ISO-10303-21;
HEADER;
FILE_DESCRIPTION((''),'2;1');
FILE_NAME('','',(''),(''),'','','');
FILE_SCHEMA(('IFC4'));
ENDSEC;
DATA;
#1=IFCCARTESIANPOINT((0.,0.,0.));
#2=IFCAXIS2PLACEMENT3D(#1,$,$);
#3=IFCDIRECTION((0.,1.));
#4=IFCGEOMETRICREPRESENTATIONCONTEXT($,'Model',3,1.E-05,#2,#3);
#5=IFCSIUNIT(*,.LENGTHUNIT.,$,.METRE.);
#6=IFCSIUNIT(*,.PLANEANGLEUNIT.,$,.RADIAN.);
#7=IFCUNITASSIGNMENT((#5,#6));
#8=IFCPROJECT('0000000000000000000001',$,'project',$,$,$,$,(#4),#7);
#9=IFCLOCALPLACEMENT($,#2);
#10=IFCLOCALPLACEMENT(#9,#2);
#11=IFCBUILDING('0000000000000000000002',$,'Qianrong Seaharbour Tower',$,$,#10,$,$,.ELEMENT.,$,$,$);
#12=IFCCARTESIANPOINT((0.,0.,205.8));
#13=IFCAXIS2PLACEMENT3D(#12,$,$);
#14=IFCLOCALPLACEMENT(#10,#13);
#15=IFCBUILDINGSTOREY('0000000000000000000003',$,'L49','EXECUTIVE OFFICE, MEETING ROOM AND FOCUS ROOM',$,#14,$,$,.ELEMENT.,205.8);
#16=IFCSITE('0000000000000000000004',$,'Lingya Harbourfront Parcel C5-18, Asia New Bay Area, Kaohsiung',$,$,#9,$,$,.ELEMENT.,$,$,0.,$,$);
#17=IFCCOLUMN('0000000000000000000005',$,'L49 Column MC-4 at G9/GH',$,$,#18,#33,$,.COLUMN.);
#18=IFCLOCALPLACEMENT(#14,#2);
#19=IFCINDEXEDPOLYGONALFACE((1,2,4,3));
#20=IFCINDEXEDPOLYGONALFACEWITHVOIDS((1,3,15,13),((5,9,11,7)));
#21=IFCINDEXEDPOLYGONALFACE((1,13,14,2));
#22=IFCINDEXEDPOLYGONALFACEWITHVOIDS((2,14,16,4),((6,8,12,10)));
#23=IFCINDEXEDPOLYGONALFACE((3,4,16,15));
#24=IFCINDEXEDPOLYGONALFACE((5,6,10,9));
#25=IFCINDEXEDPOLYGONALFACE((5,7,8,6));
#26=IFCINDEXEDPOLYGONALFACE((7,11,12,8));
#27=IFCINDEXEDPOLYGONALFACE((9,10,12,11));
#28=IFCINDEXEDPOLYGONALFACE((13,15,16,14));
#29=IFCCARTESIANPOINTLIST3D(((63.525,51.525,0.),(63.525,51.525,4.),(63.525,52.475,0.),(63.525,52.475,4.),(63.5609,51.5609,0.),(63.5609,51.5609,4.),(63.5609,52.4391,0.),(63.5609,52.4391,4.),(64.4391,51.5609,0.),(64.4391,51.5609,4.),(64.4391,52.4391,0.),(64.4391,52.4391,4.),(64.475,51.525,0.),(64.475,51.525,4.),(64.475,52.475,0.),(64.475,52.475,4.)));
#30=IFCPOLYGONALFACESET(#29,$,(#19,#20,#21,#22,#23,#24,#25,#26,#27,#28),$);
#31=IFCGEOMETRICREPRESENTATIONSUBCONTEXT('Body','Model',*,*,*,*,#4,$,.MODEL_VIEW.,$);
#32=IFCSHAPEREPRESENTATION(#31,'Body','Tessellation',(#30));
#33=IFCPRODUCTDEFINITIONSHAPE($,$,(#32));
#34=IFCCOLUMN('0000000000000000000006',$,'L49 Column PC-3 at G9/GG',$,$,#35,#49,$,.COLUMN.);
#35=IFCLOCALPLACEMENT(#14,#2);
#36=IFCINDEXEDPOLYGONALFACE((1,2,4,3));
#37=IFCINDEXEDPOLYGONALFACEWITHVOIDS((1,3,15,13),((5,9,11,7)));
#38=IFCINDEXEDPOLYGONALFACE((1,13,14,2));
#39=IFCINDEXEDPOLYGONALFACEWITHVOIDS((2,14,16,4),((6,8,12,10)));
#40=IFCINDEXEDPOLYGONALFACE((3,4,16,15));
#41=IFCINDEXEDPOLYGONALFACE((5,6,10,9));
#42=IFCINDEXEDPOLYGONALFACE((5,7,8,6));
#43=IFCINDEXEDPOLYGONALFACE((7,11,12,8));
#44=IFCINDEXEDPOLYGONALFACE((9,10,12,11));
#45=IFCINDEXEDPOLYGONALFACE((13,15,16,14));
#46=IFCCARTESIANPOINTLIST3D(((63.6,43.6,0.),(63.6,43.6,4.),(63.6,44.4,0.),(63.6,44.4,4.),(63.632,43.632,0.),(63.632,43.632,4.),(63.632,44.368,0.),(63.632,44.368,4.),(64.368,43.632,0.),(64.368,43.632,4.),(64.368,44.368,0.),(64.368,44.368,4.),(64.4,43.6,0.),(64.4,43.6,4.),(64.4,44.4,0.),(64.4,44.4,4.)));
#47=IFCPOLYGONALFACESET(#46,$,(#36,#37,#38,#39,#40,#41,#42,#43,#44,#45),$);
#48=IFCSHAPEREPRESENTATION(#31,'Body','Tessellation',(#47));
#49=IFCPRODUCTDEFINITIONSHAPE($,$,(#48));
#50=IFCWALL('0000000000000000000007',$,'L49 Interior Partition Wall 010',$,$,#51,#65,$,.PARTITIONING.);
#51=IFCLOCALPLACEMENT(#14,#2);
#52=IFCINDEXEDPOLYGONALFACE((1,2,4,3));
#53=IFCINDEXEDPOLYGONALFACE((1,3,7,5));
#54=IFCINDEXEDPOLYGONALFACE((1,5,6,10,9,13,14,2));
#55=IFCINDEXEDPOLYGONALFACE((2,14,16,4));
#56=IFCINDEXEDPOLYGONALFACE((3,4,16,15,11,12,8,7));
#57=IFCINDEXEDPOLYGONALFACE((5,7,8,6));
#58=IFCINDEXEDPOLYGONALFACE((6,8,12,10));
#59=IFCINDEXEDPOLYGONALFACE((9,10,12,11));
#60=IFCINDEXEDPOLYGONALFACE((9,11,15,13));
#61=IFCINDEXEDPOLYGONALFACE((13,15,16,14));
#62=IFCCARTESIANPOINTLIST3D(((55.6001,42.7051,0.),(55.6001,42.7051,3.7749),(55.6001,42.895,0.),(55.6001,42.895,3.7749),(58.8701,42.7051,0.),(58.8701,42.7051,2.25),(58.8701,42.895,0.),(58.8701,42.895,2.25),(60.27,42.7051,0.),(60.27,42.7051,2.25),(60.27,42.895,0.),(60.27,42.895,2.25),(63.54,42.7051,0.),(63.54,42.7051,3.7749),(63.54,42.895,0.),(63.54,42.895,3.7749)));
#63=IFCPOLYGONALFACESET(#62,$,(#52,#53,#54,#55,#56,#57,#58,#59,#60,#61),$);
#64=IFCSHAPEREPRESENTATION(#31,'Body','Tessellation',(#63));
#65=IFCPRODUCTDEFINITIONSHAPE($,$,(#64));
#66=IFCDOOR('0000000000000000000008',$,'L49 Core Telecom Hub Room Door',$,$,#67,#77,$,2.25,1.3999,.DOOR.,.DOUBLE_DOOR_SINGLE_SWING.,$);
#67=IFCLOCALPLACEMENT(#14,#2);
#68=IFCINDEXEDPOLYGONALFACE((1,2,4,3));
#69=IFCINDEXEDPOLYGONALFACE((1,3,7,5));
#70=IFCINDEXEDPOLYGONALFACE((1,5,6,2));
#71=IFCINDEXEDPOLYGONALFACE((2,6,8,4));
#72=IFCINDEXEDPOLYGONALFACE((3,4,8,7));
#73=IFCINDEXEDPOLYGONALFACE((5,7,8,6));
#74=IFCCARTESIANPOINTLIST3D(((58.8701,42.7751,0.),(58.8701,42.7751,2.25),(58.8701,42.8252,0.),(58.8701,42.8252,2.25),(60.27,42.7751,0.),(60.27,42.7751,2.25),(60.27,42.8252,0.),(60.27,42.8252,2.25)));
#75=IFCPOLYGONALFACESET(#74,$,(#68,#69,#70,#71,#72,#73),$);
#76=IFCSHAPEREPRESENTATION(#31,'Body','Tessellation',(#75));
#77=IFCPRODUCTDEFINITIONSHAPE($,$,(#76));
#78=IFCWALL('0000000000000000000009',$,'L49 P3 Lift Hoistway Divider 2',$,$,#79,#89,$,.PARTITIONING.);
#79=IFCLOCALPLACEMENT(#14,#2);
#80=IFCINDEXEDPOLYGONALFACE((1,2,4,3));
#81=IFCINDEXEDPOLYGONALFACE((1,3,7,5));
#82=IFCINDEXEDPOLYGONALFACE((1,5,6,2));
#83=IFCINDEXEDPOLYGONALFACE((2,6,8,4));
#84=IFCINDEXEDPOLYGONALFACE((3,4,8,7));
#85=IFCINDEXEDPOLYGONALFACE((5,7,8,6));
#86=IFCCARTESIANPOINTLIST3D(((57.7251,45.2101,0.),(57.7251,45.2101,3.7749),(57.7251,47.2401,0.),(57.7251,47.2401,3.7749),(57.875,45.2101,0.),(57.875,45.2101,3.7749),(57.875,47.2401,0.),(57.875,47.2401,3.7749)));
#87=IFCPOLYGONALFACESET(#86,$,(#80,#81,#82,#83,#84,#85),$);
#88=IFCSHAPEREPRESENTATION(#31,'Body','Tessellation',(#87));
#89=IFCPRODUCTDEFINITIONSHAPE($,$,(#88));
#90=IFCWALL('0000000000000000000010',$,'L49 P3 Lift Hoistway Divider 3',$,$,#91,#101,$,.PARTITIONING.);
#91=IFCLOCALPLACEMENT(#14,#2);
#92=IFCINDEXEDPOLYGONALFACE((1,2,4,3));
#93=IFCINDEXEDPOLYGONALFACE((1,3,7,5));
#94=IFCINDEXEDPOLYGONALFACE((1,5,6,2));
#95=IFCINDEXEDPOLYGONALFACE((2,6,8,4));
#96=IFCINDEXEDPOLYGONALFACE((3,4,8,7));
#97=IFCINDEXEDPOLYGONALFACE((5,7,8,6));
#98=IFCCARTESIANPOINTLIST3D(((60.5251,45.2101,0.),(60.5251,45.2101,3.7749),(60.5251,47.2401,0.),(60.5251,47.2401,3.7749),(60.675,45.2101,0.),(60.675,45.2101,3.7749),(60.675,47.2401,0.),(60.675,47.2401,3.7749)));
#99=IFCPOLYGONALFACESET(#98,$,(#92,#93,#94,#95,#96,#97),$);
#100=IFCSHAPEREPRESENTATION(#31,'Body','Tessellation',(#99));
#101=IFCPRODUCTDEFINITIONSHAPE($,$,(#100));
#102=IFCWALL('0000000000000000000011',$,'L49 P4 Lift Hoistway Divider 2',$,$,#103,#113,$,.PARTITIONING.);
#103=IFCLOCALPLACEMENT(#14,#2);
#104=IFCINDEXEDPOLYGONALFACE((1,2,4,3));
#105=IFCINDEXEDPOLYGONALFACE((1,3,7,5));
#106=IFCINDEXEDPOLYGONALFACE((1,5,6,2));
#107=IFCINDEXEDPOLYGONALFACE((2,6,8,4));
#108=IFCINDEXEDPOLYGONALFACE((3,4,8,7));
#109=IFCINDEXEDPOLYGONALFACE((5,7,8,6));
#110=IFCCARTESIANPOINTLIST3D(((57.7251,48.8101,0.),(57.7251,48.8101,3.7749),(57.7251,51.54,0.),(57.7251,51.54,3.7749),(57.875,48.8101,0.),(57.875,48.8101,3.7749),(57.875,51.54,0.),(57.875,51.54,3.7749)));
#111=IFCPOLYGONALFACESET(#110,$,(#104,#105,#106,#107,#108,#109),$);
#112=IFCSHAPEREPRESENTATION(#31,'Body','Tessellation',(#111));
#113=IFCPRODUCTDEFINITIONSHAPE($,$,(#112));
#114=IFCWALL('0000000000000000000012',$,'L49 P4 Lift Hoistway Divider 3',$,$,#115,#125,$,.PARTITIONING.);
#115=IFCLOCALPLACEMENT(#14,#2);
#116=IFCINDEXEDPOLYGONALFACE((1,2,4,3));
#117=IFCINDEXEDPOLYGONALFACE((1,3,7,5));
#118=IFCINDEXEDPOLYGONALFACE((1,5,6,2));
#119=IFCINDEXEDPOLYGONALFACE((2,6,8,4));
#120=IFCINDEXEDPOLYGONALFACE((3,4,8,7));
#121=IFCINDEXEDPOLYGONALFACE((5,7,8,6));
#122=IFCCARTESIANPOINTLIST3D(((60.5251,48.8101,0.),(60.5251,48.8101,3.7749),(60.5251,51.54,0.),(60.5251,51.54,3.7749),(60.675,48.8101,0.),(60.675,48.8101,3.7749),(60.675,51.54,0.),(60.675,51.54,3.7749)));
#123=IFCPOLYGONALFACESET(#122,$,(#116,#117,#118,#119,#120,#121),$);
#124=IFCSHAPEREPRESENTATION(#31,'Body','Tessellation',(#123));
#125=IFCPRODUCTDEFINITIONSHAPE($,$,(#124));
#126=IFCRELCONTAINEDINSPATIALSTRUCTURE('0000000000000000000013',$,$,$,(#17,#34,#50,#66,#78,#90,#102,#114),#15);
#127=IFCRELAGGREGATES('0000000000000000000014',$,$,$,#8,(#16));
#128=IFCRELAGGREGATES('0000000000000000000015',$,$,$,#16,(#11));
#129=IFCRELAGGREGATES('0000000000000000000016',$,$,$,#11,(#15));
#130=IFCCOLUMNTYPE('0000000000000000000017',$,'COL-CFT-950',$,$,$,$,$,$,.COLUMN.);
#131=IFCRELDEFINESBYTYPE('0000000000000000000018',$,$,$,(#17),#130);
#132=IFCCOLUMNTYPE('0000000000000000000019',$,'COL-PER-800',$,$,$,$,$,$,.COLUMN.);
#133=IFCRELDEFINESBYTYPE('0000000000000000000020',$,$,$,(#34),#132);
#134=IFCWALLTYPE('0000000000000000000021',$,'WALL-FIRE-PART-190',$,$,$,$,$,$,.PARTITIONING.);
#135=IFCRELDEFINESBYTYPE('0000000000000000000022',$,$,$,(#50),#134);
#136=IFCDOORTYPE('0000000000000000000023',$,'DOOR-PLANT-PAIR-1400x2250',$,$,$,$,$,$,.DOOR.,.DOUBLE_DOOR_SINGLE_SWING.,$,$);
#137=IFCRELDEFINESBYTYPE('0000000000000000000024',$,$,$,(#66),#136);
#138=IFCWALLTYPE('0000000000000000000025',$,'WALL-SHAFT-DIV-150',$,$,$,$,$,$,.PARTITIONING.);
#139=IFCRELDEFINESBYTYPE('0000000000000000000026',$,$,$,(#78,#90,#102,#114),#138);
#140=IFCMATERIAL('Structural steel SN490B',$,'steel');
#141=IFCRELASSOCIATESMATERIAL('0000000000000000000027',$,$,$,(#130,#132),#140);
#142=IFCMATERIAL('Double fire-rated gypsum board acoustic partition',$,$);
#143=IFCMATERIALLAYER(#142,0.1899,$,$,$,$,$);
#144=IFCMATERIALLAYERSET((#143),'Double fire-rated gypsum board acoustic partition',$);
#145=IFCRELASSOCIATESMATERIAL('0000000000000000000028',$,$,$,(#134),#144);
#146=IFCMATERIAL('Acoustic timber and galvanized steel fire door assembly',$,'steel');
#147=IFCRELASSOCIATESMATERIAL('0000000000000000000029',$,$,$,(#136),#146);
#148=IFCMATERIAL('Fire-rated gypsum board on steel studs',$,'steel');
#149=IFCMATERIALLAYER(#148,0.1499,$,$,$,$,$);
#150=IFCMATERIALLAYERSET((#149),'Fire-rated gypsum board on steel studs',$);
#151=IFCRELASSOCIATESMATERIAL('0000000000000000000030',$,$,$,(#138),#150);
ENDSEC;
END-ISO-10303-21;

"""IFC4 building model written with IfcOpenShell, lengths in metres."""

from ifc_helpers import new_model, si_unit, direction, frame, frame_2d, origin, origin_2d, place, context, subcontext, project, spatial, rectangle, hollow_rectangle, extrude, material, layer, layer_set, material_profile, profile_set, type_object, element, fill, save


model = new_model("IFC4")

# Units and contexts
model_context = context("Model", 3, precision=1e-05, world=origin(), true_north=direction((0.0, 1.0)))
body_context = subcontext(model_context, "Body", "Model", "MODEL_VIEW")
ifc_project = project(units=[si_unit("LENGTHUNIT", "METRE"), si_unit("PLANEANGLEUNIT", "RADIAN")], contexts=[model_context])

# Site, building, storey
site_placement = place(None, origin())
site = spatial("IfcSite", under=ifc_project, at=site_placement, Name="Lingya Harbourfront Parcel C5-18, Asia New Bay Area, Kaohsiung", CompositionType="ELEMENT", RefElevation=0.0)
building_placement = place(site_placement, origin())
building = spatial("IfcBuilding", under=site, at=building_placement, Name="Qianrong Seaharbour Tower", CompositionType="ELEMENT")
storey_placement = place(building_placement, frame((0.0, 0.0, 205.8)))
storey = spatial("IfcBuildingStorey", under=building, at=storey_placement, Name="L49", Description="EXECUTIVE OFFICE, MEETING ROOM AND FOCUS ROOM", CompositionType="ELEMENT", Elevation=205.8)

# Columns
ifc_material_1 = material(Name="Structural steel SN490B", Category="steel")
ifc_material_profile_1 = material_profile(ifc_material_1, hollow_rectangle(XDim=0.95, YDim=0.95, WallThickness=0.0359, at=origin_2d()), Name="BOX950x950x36")
ifc_profile_set_1 = profile_set([ifc_material_profile_1], Name="Structural steel SN490B")
column_type_1 = type_object("IfcColumnType", Name="COL-CFT-950", PredefinedType="COLUMN", material=ifc_profile_set_1)
column_1_placement = place(storey_placement, frame((64.0, 52.0, 0.0), z_axis=(0.0, 0.0, 1.0), x_axis=(1.0, 0.0, 0.0)))
element("IfcColumn", 1, at=column_1_placement, inside=storey, type_object=column_type_1, Name="L49 Column MC-4 at G9/GH", PredefinedType="COLUMN", context=body_context, shape_type="SweptSolid", body=[
    extrude(hollow_rectangle(XDim=0.95, YDim=0.95, WallThickness=0.0359, at=origin_2d()), origin(), (0.0, 0.0, 1.0), 4.0),
])
ifc_material_profile_2 = material_profile(ifc_material_1, hollow_rectangle(XDim=0.8, YDim=0.8, WallThickness=0.032, at=origin_2d()), Name="BOX800x800x32")
ifc_profile_set_2 = profile_set([ifc_material_profile_2], Name="Structural steel SN490B")
column_type_2 = type_object("IfcColumnType", Name="COL-PER-800", PredefinedType="COLUMN", material=ifc_profile_set_2)
column_2_placement = place(storey_placement, frame((64.0, 44.0, 0.0), z_axis=(0.0, 0.0, 1.0), x_axis=(1.0, 0.0, 0.0)))
element("IfcColumn", 2, at=column_2_placement, inside=storey, type_object=column_type_2, Name="L49 Column PC-3 at G9/GG", PredefinedType="COLUMN", context=body_context, shape_type="SweptSolid", body=[
    extrude(hollow_rectangle(XDim=0.8, YDim=0.8, WallThickness=0.032, at=origin_2d()), origin(), (0.0, 0.0, 1.0), 4.0),
])

# Wall, opening, door
ifc_material_2 = material(Name="Double fire-rated gypsum board acoustic partition")
ifc_layer_1 = layer(ifc_material_2, 0.1899)
ifc_layer_set_1 = layer_set([ifc_layer_1], Name="Double fire-rated gypsum board acoustic partition")
wall_type_1 = type_object("IfcWallType", Name="WALL-FIRE-PART-190", PredefinedType="PARTITIONING", material=ifc_layer_set_1)
wall_1_placement = place(storey_placement, frame((63.54, 42.8, 0.0), z_axis=(0.0, 0.0, 1.0), x_axis=(-1.0, 0.0, 0.0)))
wall_1 = element("IfcWall", 3, at=wall_1_placement, inside=storey, type_object=wall_type_1, Name="L49 Interior Partition Wall 010", PredefinedType="PARTITIONING", context=body_context, shape_type="SweptSolid", body=[
    extrude(rectangle(XDim=7.9399, YDim=0.1899, at=frame_2d((3.97, 0.0))), origin(), (0.0, 0.0, 1.0), 3.7749),
])
opening_1_placement = place(wall_1_placement, frame((3.27, 0.0, 0.0)))
opening_1 = element("IfcOpeningElement", 4, at=opening_1_placement, cuts=wall_1, PredefinedType="OPENING", context=body_context, shape_type="SweptSolid", body=[
    extrude(rectangle(XDim=1.3999, YDim=2.25, at=frame_2d((0.7, 1.125))), frame((0.0, 0.105, 0.0), z_axis=(0.0, -1.0, 0.0), x_axis=(1.0, 0.0, 0.0)), (0.0, 0.0, 1.0), 0.21),
])
ifc_material_3 = material(Name="Acoustic timber and galvanized steel fire door assembly", Category="steel")
door_type_1 = type_object("IfcDoorType", Name="DOOR-PLANT-PAIR-1400x2250", OperationType="DOUBLE_DOOR_SINGLE_SWING", PredefinedType="DOOR", material=ifc_material_3)
door_1_placement = place(opening_1_placement, origin())
door_1 = element("IfcDoor", 5, at=door_1_placement, inside=storey, type_object=door_type_1, Name="L49 Core Telecom Hub Room Door", OperationType="DOUBLE_DOOR_SINGLE_SWING", OverallHeight=2.25, OverallWidth=1.3999, PredefinedType="DOOR", context=body_context, shape_type="SweptSolid", body=[
    extrude(rectangle(XDim=1.3999, YDim=2.25, at=frame_2d((0.7, 1.125))), frame((0.0, 0.0249, 0.0), z_axis=(0.0, -1.0, 0.0), x_axis=(1.0, 0.0, 0.0)), (0.0, 0.0, 1.0), 0.05),
])
fill(opening_1, door_1)

# Walls
ifc_material_4 = material(Name="Fire-rated gypsum board on steel studs", Category="steel")
ifc_layer_2 = layer(ifc_material_4, 0.1499)
ifc_layer_set_2 = layer_set([ifc_layer_2], Name="Fire-rated gypsum board on steel studs")
wall_type_2 = type_object("IfcWallType", Name="WALL-SHAFT-DIV-150", PredefinedType="PARTITIONING", material=ifc_layer_set_2)
for number, where, z_axis, x_axis, name in (
    (6, (57.8, 45.21, 0.0), (0.0, 0.0, 1.0), (0.0, 1.0, 0.0), "L49 P3 Lift Hoistway Divider 2"),
    (7, (60.6001, 45.21, 0.0), (0.0, 0.0, 1.0), (0.0, 1.0, 0.0), "L49 P3 Lift Hoistway Divider 3"),
):
    element("IfcWall", number, at=place(storey_placement, frame(where, z_axis=z_axis, x_axis=x_axis)), inside=storey, type_object=wall_type_2, Name=name, PredefinedType="PARTITIONING", context=body_context, shape_type="SweptSolid", body=[
        extrude(rectangle(XDim=2.03, YDim=0.1499, at=frame_2d((1.0151, 0.0))), origin(), (0.0, 0.0, 1.0), 3.7749),
    ])
for number, where, z_axis, x_axis, name in (
    (8, (57.8, 48.8101, 0.0), (0.0, 0.0, 1.0), (0.0, 1.0, 0.0), "L49 P4 Lift Hoistway Divider 2"),
    (9, (60.6001, 48.8101, 0.0), (0.0, 0.0, 1.0), (0.0, 1.0, 0.0), "L49 P4 Lift Hoistway Divider 3"),
):
    element("IfcWall", number, at=place(storey_placement, frame(where, z_axis=z_axis, x_axis=x_axis)), inside=storey, type_object=wall_type_2, Name=name, PredefinedType="PARTITIONING", context=body_context, shape_type="SweptSolid", body=[
        extrude(rectangle(XDim=2.73, YDim=0.1499, at=frame_2d((1.365, 0.0))), origin(), (0.0, 0.0, 1.0), 3.7749),
    ])

save(model, "model.ifc")
